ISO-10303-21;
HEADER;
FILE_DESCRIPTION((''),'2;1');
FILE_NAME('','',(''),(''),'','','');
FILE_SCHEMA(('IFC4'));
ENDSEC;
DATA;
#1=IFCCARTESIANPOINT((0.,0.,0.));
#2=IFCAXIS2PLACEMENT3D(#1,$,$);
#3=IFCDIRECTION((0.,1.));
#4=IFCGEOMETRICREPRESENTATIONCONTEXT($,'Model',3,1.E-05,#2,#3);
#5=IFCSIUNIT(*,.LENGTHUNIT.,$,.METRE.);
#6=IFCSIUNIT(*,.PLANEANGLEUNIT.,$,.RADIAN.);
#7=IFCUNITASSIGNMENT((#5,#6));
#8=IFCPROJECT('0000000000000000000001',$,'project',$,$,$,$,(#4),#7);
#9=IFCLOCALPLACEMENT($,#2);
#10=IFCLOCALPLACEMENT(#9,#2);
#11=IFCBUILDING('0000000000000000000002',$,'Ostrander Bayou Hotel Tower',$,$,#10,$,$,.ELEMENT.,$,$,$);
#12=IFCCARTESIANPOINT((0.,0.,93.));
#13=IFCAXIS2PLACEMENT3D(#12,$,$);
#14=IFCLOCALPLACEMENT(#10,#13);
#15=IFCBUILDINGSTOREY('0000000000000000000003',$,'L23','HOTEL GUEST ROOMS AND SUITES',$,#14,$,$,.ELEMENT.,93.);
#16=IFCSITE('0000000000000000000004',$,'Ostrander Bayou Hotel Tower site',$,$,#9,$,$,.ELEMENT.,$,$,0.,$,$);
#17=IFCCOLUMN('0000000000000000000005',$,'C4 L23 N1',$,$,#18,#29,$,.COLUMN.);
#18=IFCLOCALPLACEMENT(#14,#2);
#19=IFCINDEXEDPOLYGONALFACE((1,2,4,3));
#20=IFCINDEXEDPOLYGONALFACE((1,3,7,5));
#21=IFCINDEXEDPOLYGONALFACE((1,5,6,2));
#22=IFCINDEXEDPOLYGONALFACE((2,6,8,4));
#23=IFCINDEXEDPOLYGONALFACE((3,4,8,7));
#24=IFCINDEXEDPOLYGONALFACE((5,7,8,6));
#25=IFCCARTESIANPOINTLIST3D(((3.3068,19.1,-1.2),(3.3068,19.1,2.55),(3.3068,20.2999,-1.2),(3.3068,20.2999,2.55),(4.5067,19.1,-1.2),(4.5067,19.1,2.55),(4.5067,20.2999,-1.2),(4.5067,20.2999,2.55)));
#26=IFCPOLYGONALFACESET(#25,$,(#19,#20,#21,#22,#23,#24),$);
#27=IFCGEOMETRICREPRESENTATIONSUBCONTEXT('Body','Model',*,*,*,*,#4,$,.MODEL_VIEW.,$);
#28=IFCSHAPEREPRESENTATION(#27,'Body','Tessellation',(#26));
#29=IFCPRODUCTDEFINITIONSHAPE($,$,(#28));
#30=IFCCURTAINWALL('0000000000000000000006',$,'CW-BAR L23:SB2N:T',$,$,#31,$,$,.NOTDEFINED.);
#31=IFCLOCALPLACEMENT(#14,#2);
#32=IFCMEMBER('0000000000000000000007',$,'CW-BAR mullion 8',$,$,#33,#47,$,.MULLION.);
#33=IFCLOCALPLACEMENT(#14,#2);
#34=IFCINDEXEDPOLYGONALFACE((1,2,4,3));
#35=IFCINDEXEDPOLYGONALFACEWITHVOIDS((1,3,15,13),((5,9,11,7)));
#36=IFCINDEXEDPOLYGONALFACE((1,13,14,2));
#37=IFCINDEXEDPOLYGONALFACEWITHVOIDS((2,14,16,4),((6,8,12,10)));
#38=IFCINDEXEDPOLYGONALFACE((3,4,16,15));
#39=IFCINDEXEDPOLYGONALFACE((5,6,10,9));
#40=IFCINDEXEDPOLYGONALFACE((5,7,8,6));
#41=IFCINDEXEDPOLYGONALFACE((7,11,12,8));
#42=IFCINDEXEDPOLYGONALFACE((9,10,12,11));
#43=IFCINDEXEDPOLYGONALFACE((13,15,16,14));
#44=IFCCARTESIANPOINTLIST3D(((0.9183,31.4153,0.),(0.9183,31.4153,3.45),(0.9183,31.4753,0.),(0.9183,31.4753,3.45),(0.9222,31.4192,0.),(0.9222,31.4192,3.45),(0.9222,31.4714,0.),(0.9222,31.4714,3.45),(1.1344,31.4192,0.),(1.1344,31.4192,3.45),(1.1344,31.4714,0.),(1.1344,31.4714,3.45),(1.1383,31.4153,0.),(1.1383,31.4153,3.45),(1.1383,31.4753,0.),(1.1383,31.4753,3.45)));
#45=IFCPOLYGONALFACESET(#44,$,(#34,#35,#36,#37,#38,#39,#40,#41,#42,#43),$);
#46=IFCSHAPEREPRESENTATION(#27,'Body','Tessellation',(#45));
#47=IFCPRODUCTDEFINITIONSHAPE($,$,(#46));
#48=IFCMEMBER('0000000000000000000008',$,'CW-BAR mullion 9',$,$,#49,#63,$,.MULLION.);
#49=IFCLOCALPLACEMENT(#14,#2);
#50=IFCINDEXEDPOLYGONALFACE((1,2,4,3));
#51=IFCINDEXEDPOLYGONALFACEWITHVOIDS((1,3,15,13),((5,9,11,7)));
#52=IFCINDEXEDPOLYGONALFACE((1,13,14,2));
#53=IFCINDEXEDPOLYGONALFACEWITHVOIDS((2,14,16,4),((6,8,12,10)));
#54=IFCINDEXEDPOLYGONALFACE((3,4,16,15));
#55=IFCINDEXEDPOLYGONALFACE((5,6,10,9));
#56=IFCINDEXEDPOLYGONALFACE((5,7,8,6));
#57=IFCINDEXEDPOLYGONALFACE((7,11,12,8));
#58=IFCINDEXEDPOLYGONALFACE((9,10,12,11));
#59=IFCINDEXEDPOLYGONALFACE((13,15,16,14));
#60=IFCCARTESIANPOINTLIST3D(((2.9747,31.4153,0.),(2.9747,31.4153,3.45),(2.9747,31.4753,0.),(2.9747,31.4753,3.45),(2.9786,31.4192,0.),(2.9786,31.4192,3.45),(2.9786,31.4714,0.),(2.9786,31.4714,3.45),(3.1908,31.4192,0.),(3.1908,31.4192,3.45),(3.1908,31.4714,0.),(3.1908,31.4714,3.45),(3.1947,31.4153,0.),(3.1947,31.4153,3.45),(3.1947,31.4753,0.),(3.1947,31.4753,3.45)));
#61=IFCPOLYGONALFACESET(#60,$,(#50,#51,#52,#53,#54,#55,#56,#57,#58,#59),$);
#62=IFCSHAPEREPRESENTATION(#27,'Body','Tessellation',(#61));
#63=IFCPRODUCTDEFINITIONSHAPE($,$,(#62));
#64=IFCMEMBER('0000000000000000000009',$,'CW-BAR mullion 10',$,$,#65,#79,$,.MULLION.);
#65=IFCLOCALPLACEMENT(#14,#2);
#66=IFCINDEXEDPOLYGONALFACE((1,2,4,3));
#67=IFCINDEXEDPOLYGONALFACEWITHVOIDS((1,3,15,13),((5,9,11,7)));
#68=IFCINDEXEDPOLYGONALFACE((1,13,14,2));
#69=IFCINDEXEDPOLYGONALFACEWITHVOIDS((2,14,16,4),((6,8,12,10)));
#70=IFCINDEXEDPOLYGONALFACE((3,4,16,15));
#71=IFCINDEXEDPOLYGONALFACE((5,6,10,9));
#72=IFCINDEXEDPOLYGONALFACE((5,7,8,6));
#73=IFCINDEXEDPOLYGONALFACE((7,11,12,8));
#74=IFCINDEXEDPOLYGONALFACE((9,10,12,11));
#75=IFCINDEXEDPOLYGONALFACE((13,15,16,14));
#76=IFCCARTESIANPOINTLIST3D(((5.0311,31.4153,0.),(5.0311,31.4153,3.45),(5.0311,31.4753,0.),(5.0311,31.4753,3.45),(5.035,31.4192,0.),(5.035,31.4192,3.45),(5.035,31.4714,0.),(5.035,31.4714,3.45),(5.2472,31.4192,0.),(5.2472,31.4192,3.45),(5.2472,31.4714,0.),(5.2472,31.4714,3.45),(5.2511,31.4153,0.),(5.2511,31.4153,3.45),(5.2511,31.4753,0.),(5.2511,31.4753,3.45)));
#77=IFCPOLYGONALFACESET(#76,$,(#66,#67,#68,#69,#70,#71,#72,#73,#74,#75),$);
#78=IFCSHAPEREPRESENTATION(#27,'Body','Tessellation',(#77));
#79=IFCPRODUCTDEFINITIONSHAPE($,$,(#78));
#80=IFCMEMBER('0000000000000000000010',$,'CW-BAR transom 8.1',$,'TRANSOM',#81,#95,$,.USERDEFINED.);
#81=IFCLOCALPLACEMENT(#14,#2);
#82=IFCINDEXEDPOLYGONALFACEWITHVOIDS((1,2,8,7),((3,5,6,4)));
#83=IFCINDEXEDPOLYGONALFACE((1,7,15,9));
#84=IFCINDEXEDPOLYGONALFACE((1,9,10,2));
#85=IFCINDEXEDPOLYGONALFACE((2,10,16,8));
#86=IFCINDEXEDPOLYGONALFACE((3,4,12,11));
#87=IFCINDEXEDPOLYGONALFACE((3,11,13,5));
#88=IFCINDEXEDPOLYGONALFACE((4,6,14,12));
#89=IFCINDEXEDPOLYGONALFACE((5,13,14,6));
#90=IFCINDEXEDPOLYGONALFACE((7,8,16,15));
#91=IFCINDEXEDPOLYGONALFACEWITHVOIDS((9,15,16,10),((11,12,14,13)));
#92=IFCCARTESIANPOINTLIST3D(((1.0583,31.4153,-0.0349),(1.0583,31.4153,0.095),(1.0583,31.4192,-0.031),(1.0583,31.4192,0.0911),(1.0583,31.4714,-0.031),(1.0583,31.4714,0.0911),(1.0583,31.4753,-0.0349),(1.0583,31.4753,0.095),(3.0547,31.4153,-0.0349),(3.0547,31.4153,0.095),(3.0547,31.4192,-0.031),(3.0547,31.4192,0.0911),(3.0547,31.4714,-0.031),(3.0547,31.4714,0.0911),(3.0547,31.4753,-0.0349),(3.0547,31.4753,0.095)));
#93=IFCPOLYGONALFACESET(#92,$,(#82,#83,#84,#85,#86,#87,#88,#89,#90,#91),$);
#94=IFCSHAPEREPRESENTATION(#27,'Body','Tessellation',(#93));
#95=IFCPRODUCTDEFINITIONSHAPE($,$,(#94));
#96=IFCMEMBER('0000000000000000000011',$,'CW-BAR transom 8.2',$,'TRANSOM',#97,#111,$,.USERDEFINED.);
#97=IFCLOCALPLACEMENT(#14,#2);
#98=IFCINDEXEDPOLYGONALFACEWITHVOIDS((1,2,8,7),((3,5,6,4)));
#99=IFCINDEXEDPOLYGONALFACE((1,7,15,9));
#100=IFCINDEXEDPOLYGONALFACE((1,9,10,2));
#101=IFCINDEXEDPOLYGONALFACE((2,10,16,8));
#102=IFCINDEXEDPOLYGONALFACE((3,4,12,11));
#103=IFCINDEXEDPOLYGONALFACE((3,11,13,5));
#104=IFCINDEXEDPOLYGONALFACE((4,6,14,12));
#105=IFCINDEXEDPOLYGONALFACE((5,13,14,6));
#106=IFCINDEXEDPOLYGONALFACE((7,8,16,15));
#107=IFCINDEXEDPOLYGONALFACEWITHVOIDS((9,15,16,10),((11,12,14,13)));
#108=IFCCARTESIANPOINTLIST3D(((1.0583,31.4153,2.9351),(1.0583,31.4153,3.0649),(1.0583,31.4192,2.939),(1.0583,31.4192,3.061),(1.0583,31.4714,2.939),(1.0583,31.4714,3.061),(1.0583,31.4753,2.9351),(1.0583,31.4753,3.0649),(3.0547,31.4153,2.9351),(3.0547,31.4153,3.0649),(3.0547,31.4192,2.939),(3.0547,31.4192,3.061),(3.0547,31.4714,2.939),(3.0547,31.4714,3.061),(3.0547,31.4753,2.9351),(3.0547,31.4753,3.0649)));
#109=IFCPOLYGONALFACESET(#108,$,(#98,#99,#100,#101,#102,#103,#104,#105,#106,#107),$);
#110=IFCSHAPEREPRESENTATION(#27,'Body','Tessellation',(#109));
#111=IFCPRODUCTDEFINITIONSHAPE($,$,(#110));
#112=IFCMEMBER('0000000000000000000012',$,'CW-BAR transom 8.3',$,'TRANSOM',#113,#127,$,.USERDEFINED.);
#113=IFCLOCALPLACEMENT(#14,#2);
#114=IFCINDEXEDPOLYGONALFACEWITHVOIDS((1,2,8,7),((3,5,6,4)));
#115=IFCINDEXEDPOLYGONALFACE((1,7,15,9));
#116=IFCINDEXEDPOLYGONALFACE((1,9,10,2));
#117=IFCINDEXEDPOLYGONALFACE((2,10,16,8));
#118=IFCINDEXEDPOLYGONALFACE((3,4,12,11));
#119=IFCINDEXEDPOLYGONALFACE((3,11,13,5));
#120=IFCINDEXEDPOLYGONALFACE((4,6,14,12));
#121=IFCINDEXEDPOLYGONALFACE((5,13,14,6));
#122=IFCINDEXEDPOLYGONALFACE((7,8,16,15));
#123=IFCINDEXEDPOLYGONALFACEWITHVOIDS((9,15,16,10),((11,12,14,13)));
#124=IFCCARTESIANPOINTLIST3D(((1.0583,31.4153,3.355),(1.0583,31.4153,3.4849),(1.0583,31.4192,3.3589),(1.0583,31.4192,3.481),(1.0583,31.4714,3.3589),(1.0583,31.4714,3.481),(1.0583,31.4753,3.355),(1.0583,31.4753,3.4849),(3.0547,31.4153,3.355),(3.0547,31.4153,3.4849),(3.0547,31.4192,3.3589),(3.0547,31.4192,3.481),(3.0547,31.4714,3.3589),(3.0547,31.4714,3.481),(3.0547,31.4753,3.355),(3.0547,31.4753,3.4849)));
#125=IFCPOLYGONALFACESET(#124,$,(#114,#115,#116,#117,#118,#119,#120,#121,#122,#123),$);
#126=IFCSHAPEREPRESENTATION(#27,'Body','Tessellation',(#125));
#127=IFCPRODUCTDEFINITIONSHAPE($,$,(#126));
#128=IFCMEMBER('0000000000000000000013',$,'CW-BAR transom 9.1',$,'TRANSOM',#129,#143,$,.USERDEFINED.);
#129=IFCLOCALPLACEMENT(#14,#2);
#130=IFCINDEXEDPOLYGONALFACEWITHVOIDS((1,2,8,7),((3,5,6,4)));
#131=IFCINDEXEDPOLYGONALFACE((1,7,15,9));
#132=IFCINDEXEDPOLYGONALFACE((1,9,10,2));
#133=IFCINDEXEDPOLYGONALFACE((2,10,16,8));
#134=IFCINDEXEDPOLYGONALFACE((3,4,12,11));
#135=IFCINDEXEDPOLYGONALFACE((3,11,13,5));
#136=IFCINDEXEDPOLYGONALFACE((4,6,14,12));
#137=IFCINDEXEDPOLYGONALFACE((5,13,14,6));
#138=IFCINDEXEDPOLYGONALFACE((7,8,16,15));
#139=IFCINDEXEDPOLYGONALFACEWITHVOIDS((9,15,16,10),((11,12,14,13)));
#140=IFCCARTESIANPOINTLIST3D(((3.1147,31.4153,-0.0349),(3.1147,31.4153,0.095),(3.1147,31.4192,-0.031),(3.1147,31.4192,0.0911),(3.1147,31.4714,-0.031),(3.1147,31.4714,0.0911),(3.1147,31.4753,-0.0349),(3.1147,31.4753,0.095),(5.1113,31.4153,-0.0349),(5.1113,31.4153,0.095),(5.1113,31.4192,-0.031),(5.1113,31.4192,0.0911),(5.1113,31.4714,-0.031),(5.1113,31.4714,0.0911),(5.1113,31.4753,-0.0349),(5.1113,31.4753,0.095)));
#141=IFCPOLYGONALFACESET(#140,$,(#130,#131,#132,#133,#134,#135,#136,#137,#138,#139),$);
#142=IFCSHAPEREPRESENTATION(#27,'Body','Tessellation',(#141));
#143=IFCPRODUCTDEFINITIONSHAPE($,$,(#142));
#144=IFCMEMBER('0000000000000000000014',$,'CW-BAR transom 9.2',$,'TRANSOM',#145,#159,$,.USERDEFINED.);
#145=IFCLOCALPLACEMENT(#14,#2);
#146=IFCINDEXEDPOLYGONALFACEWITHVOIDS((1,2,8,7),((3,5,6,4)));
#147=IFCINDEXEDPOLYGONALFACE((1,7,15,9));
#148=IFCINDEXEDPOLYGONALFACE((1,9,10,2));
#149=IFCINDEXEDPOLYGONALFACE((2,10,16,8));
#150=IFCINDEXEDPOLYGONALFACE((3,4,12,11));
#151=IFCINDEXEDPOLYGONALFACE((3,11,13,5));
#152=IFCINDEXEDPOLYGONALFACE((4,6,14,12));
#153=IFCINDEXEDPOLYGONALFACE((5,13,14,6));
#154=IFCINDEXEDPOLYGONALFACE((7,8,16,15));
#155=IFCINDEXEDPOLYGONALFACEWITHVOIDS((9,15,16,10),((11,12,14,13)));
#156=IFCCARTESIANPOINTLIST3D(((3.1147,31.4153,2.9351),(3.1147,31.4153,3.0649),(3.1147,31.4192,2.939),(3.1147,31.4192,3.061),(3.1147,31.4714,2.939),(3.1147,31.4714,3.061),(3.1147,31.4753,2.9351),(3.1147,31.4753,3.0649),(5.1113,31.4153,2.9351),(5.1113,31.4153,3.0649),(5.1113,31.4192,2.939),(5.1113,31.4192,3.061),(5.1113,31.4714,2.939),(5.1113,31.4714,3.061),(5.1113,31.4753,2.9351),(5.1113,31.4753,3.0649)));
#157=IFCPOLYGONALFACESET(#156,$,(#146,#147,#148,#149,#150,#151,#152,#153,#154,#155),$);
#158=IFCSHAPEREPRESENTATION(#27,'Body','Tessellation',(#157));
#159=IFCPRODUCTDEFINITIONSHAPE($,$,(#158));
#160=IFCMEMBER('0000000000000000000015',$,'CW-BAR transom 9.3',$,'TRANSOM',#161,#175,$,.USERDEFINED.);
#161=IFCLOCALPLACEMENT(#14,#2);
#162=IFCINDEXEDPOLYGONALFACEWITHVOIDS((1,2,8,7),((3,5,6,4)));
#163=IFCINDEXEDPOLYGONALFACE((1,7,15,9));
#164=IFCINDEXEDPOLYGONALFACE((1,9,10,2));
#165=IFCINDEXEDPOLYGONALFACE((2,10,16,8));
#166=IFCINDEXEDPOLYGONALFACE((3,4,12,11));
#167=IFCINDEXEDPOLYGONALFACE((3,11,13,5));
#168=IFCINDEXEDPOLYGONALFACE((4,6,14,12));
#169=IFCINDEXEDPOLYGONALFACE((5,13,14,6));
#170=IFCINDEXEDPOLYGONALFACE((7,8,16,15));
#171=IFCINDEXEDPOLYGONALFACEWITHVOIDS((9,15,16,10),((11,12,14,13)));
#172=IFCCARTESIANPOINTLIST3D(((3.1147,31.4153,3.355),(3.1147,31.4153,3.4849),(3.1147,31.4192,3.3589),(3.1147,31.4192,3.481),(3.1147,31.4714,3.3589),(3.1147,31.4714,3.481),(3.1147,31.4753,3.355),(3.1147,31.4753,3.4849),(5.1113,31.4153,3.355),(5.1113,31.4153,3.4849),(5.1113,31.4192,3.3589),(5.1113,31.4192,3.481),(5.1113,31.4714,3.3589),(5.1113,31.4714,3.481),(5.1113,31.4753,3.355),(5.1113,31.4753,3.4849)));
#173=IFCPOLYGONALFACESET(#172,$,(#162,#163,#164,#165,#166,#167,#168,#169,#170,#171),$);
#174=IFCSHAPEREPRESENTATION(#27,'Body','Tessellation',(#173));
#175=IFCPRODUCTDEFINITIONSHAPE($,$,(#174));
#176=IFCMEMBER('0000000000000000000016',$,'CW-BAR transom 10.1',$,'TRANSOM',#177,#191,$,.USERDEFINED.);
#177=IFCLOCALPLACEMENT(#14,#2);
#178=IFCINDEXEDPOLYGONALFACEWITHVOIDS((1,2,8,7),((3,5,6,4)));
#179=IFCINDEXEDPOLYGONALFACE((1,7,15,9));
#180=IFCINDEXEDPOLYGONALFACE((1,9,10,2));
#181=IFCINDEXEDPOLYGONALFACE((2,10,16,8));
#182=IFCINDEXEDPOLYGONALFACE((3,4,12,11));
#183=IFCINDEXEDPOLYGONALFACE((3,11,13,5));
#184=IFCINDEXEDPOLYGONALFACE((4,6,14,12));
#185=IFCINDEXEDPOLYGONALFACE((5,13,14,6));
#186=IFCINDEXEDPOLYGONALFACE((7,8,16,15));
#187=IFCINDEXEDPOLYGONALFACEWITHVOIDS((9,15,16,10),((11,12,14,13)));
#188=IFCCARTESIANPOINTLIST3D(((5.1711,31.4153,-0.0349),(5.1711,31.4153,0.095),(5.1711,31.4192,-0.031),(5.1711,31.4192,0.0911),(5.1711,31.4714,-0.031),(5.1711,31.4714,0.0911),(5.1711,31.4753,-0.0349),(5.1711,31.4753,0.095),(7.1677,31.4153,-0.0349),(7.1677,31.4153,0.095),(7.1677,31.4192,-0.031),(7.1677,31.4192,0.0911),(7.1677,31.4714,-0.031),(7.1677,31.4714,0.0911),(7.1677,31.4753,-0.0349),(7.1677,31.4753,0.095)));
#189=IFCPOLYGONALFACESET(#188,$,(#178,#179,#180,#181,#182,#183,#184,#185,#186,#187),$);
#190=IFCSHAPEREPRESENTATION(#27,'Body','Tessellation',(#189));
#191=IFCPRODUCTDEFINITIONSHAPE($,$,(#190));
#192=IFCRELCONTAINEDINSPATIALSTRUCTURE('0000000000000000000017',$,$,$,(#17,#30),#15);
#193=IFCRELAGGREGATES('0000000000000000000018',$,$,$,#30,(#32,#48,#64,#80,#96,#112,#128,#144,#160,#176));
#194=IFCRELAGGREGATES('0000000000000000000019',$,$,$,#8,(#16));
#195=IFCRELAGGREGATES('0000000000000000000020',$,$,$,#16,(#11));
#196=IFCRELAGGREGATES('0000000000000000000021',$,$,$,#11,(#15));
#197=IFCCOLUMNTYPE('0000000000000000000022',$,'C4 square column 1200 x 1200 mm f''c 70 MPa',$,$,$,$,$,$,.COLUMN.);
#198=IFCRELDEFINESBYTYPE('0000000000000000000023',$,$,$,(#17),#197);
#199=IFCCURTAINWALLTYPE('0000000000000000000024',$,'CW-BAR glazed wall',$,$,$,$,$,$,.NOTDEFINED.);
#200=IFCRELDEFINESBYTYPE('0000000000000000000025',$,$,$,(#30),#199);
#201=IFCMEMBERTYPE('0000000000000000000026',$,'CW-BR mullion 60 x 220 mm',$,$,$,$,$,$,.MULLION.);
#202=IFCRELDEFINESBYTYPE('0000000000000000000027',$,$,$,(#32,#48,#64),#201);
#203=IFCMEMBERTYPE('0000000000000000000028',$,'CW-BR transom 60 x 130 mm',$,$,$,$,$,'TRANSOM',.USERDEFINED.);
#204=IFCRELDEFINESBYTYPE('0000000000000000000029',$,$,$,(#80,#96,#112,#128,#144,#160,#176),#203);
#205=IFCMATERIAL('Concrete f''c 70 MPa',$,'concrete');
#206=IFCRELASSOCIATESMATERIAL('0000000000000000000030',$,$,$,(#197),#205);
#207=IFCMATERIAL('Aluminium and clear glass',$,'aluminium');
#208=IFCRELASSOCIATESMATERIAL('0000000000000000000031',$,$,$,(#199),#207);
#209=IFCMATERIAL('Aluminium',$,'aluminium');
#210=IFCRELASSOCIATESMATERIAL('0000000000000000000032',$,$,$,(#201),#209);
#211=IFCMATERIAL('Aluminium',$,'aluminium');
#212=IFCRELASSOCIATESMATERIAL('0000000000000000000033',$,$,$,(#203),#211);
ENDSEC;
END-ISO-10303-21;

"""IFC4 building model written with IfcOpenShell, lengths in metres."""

from ifc_helpers import new_model, si_unit, direction, frame, origin, origin_2d, place, context, subcontext, project, spatial, rectangle, hollow_rectangle, extrude, material, material_profile, profile_set, type_object, element, aggregate, save


model = new_model("IFC4")

# Units and contexts
model_context = context("Model", 3, precision=1e-05, world=origin(), true_north=direction((0.0, 1.0)))
body_context = subcontext(model_context, "Body", "Model", "MODEL_VIEW")
ifc_project = project(units=[si_unit("LENGTHUNIT", "METRE"), si_unit("PLANEANGLEUNIT", "RADIAN")], contexts=[model_context])

# Site, building, storey
site_placement = place(None, origin())
site = spatial("IfcSite", under=ifc_project, at=site_placement, Name="Ostrander Bayou Hotel Tower site", CompositionType="ELEMENT", RefElevation=0.0)
building_placement = place(site_placement, origin())
building = spatial("IfcBuilding", under=site, at=building_placement, Name="Ostrander Bayou Hotel Tower", CompositionType="ELEMENT")
storey_placement = place(building_placement, frame((0.0, 0.0, 93.0)))
storey = spatial("IfcBuildingStorey", under=building, at=storey_placement, Name="L23", Description="HOTEL GUEST ROOMS AND SUITES", CompositionType="ELEMENT", Elevation=93.0)

# Column
ifc_material_1 = material(Name="Concrete f'c 70 MPa", Category="concrete")
ifc_material_profile_1 = material_profile(ifc_material_1, rectangle(XDim=1.2, YDim=1.2, at=origin_2d()))
ifc_profile_set_1 = profile_set([ifc_material_profile_1], Name="Concrete f'c 70 MPa")
column_type = type_object("IfcColumnType", Name="C4 square column 1200 x 1200 mm f'c 70 MPa", PredefinedType="COLUMN", material=ifc_profile_set_1)
column_placement = place(storey_placement, frame((3.9067, 19.7, -1.2), z_axis=(0.0, 0.0, 1.0), x_axis=(1.0, 0.0, 0.0)))
element("IfcColumn", 1, at=column_placement, inside=storey, type_object=column_type, Name="C4 L23 N1", PredefinedType="COLUMN", context=body_context, shape_type="SweptSolid", body=[
    extrude(rectangle(XDim=1.2, YDim=1.2, at=origin_2d()), origin(), (0.0, 0.0, 1.0), 3.75),
])

# Curtain wall, members
ifc_material_2 = material(Name="Aluminium and clear glass", Category="aluminium")
curtain_wall_type = type_object("IfcCurtainWallType", Name="CW-BAR glazed wall", PredefinedType="NOTDEFINED", material=ifc_material_2)
curtain_wall_placement = place(storey_placement, origin())
curtain_wall = element("IfcCurtainWall", 2, at=curtain_wall_placement, inside=storey, type_object=curtain_wall_type, Name="CW-BAR L23:SB2N:T", PredefinedType="NOTDEFINED")
ifc_material_3 = material(Name="Aluminium", Category="aluminium")
ifc_material_profile_2 = material_profile(ifc_material_3, hollow_rectangle(XDim=0.0601, YDim=0.22, WallThickness=0.0039, at=origin_2d()))
ifc_profile_set_2 = profile_set([ifc_material_profile_2], Name="Aluminium")
member_type_1 = type_object("IfcMemberType", Name="CW-BR mullion 60 x 220 mm", PredefinedType="MULLION", material=ifc_profile_set_2)
member_1_placement = place(storey_placement, frame((1.0283, 31.4453, 0.0), z_axis=(0.0, 0.0, 1.0), x_axis=(0.0, 1.0, 0.0)))
member_1 = element("IfcMember", 3, at=member_1_placement, type_object=member_type_1, Name="CW-BAR mullion 8", PredefinedType="MULLION", context=body_context, shape_type="SweptSolid", body=[
    extrude(hollow_rectangle(XDim=0.0601, YDim=0.22, WallThickness=0.0039, at=origin_2d()), origin(), (0.0, 0.0, 1.0), 3.45),
])
member_2_placement = place(storey_placement, frame((3.0847, 31.4453, 0.0), z_axis=(0.0, 0.0, 1.0), x_axis=(0.0, 1.0, 0.0)))
member_2 = element("IfcMember", 4, at=member_2_placement, type_object=member_type_1, Name="CW-BAR mullion 9", PredefinedType="MULLION", context=body_context, shape_type="SweptSolid", body=[
    extrude(hollow_rectangle(XDim=0.0601, YDim=0.22, WallThickness=0.0039, at=origin_2d()), origin(), (0.0, 0.0, 1.0), 3.45),
])
member_3_placement = place(storey_placement, frame((5.1411, 31.4453, 0.0), z_axis=(0.0, 0.0, 1.0), x_axis=(0.0, 1.0, 0.0)))
member_3 = element("IfcMember", 5, at=member_3_placement, type_object=member_type_1, Name="CW-BAR mullion 10", PredefinedType="MULLION", context=body_context, shape_type="SweptSolid", body=[
    extrude(hollow_rectangle(XDim=0.0601, YDim=0.22, WallThickness=0.0039, at=origin_2d()), origin(), (0.0, 0.0, 1.0), 3.45),
])
ifc_material_4 = material(Name="Aluminium", Category="aluminium")
ifc_material_profile_3 = material_profile(ifc_material_4, hollow_rectangle(XDim=0.0601, YDim=0.1299, WallThickness=0.0039, at=origin_2d()))
ifc_profile_set_3 = profile_set([ifc_material_profile_3], Name="Aluminium")
member_type_2 = type_object("IfcMemberType", Name="CW-BR transom 60 x 130 mm", ElementType="TRANSOM", PredefinedType="USERDEFINED", material=ifc_profile_set_3)
member_4_placement = place(storey_placement, frame((1.0583, 31.4453, 0.03), z_axis=(1.0, 0.0, 0.0), x_axis=(0.0, 1.0, 0.0)))
member_4 = element("IfcMember", 6, at=member_4_placement, type_object=member_type_2, Name="CW-BAR transom 8.1", ObjectType="TRANSOM", PredefinedType="USERDEFINED", context=body_context, shape_type="SweptSolid", body=[
    extrude(hollow_rectangle(XDim=0.0601, YDim=0.1299, WallThickness=0.0039, at=origin_2d()), origin(), (0.0, 0.0, 1.0), 1.9963),
])
member_5_placement = place(storey_placement, frame((1.0583, 31.4453, 3.0), z_axis=(1.0, 0.0, 0.0), x_axis=(0.0, 1.0, 0.0)))
member_5 = element("IfcMember", 7, at=member_5_placement, type_object=member_type_2, Name="CW-BAR transom 8.2", ObjectType="TRANSOM", PredefinedType="USERDEFINED", context=body_context, shape_type="SweptSolid", body=[
    extrude(hollow_rectangle(XDim=0.0601, YDim=0.1299, WallThickness=0.0039, at=origin_2d()), origin(), (0.0, 0.0, 1.0), 1.9963),
])
member_6_placement = place(storey_placement, frame((1.0583, 31.4453, 3.4199), z_axis=(1.0, 0.0, 0.0), x_axis=(0.0, 1.0, 0.0)))
member_6 = element("IfcMember", 8, at=member_6_placement, type_object=member_type_2, Name="CW-BAR transom 8.3", ObjectType="TRANSOM", PredefinedType="USERDEFINED", context=body_context, shape_type="SweptSolid", body=[
    extrude(hollow_rectangle(XDim=0.0601, YDim=0.1299, WallThickness=0.0039, at=origin_2d()), origin(), (0.0, 0.0, 1.0), 1.9963),
])
member_7_placement = place(storey_placement, frame((3.1147, 31.4453, 0.03), z_axis=(1.0, 0.0, 0.0), x_axis=(0.0, 1.0, 0.0)))
member_7 = element("IfcMember", 9, at=member_7_placement, type_object=member_type_2, Name="CW-BAR transom 9.1", ObjectType="TRANSOM", PredefinedType="USERDEFINED", context=body_context, shape_type="SweptSolid", body=[
    extrude(hollow_rectangle(XDim=0.0601, YDim=0.1299, WallThickness=0.0039, at=origin_2d()), origin(), (0.0, 0.0, 1.0), 1.9966),
])
member_8_placement = place(storey_placement, frame((3.1147, 31.4453, 3.0), z_axis=(1.0, 0.0, 0.0), x_axis=(0.0, 1.0, 0.0)))
member_8 = element("IfcMember", 10, at=member_8_placement, type_object=member_type_2, Name="CW-BAR transom 9.2", ObjectType="TRANSOM", PredefinedType="USERDEFINED", context=body_context, shape_type="SweptSolid", body=[
    extrude(hollow_rectangle(XDim=0.0601, YDim=0.1299, WallThickness=0.0039, at=origin_2d()), origin(), (0.0, 0.0, 1.0), 1.9966),
])
member_9_placement = place(storey_placement, frame((3.1147, 31.4453, 3.4199), z_axis=(1.0, 0.0, 0.0), x_axis=(0.0, 1.0, 0.0)))
member_9 = element("IfcMember", 11, at=member_9_placement, type_object=member_type_2, Name="CW-BAR transom 9.3", ObjectType="TRANSOM", PredefinedType="USERDEFINED", context=body_context, shape_type="SweptSolid", body=[
    extrude(hollow_rectangle(XDim=0.0601, YDim=0.1299, WallThickness=0.0039, at=origin_2d()), origin(), (0.0, 0.0, 1.0), 1.9966),
])
member_10_placement = place(storey_placement, frame((5.1711, 31.4453, 0.03), z_axis=(1.0, 0.0, 0.0), x_axis=(0.0, 1.0, 0.0)))
member_10 = element("IfcMember", 12, at=member_10_placement, type_object=member_type_2, Name="CW-BAR transom 10.1", ObjectType="TRANSOM", PredefinedType="USERDEFINED", context=body_context, shape_type="SweptSolid", body=[
    extrude(hollow_rectangle(XDim=0.0601, YDim=0.1299, WallThickness=0.0039, at=origin_2d()), origin(), (0.0, 0.0, 1.0), 1.9966),
])
aggregate(curtain_wall, [member_1, member_2, member_3, member_4, member_5, member_6, member_7, member_8, member_9, member_10])

save(model, "model.ifc")
